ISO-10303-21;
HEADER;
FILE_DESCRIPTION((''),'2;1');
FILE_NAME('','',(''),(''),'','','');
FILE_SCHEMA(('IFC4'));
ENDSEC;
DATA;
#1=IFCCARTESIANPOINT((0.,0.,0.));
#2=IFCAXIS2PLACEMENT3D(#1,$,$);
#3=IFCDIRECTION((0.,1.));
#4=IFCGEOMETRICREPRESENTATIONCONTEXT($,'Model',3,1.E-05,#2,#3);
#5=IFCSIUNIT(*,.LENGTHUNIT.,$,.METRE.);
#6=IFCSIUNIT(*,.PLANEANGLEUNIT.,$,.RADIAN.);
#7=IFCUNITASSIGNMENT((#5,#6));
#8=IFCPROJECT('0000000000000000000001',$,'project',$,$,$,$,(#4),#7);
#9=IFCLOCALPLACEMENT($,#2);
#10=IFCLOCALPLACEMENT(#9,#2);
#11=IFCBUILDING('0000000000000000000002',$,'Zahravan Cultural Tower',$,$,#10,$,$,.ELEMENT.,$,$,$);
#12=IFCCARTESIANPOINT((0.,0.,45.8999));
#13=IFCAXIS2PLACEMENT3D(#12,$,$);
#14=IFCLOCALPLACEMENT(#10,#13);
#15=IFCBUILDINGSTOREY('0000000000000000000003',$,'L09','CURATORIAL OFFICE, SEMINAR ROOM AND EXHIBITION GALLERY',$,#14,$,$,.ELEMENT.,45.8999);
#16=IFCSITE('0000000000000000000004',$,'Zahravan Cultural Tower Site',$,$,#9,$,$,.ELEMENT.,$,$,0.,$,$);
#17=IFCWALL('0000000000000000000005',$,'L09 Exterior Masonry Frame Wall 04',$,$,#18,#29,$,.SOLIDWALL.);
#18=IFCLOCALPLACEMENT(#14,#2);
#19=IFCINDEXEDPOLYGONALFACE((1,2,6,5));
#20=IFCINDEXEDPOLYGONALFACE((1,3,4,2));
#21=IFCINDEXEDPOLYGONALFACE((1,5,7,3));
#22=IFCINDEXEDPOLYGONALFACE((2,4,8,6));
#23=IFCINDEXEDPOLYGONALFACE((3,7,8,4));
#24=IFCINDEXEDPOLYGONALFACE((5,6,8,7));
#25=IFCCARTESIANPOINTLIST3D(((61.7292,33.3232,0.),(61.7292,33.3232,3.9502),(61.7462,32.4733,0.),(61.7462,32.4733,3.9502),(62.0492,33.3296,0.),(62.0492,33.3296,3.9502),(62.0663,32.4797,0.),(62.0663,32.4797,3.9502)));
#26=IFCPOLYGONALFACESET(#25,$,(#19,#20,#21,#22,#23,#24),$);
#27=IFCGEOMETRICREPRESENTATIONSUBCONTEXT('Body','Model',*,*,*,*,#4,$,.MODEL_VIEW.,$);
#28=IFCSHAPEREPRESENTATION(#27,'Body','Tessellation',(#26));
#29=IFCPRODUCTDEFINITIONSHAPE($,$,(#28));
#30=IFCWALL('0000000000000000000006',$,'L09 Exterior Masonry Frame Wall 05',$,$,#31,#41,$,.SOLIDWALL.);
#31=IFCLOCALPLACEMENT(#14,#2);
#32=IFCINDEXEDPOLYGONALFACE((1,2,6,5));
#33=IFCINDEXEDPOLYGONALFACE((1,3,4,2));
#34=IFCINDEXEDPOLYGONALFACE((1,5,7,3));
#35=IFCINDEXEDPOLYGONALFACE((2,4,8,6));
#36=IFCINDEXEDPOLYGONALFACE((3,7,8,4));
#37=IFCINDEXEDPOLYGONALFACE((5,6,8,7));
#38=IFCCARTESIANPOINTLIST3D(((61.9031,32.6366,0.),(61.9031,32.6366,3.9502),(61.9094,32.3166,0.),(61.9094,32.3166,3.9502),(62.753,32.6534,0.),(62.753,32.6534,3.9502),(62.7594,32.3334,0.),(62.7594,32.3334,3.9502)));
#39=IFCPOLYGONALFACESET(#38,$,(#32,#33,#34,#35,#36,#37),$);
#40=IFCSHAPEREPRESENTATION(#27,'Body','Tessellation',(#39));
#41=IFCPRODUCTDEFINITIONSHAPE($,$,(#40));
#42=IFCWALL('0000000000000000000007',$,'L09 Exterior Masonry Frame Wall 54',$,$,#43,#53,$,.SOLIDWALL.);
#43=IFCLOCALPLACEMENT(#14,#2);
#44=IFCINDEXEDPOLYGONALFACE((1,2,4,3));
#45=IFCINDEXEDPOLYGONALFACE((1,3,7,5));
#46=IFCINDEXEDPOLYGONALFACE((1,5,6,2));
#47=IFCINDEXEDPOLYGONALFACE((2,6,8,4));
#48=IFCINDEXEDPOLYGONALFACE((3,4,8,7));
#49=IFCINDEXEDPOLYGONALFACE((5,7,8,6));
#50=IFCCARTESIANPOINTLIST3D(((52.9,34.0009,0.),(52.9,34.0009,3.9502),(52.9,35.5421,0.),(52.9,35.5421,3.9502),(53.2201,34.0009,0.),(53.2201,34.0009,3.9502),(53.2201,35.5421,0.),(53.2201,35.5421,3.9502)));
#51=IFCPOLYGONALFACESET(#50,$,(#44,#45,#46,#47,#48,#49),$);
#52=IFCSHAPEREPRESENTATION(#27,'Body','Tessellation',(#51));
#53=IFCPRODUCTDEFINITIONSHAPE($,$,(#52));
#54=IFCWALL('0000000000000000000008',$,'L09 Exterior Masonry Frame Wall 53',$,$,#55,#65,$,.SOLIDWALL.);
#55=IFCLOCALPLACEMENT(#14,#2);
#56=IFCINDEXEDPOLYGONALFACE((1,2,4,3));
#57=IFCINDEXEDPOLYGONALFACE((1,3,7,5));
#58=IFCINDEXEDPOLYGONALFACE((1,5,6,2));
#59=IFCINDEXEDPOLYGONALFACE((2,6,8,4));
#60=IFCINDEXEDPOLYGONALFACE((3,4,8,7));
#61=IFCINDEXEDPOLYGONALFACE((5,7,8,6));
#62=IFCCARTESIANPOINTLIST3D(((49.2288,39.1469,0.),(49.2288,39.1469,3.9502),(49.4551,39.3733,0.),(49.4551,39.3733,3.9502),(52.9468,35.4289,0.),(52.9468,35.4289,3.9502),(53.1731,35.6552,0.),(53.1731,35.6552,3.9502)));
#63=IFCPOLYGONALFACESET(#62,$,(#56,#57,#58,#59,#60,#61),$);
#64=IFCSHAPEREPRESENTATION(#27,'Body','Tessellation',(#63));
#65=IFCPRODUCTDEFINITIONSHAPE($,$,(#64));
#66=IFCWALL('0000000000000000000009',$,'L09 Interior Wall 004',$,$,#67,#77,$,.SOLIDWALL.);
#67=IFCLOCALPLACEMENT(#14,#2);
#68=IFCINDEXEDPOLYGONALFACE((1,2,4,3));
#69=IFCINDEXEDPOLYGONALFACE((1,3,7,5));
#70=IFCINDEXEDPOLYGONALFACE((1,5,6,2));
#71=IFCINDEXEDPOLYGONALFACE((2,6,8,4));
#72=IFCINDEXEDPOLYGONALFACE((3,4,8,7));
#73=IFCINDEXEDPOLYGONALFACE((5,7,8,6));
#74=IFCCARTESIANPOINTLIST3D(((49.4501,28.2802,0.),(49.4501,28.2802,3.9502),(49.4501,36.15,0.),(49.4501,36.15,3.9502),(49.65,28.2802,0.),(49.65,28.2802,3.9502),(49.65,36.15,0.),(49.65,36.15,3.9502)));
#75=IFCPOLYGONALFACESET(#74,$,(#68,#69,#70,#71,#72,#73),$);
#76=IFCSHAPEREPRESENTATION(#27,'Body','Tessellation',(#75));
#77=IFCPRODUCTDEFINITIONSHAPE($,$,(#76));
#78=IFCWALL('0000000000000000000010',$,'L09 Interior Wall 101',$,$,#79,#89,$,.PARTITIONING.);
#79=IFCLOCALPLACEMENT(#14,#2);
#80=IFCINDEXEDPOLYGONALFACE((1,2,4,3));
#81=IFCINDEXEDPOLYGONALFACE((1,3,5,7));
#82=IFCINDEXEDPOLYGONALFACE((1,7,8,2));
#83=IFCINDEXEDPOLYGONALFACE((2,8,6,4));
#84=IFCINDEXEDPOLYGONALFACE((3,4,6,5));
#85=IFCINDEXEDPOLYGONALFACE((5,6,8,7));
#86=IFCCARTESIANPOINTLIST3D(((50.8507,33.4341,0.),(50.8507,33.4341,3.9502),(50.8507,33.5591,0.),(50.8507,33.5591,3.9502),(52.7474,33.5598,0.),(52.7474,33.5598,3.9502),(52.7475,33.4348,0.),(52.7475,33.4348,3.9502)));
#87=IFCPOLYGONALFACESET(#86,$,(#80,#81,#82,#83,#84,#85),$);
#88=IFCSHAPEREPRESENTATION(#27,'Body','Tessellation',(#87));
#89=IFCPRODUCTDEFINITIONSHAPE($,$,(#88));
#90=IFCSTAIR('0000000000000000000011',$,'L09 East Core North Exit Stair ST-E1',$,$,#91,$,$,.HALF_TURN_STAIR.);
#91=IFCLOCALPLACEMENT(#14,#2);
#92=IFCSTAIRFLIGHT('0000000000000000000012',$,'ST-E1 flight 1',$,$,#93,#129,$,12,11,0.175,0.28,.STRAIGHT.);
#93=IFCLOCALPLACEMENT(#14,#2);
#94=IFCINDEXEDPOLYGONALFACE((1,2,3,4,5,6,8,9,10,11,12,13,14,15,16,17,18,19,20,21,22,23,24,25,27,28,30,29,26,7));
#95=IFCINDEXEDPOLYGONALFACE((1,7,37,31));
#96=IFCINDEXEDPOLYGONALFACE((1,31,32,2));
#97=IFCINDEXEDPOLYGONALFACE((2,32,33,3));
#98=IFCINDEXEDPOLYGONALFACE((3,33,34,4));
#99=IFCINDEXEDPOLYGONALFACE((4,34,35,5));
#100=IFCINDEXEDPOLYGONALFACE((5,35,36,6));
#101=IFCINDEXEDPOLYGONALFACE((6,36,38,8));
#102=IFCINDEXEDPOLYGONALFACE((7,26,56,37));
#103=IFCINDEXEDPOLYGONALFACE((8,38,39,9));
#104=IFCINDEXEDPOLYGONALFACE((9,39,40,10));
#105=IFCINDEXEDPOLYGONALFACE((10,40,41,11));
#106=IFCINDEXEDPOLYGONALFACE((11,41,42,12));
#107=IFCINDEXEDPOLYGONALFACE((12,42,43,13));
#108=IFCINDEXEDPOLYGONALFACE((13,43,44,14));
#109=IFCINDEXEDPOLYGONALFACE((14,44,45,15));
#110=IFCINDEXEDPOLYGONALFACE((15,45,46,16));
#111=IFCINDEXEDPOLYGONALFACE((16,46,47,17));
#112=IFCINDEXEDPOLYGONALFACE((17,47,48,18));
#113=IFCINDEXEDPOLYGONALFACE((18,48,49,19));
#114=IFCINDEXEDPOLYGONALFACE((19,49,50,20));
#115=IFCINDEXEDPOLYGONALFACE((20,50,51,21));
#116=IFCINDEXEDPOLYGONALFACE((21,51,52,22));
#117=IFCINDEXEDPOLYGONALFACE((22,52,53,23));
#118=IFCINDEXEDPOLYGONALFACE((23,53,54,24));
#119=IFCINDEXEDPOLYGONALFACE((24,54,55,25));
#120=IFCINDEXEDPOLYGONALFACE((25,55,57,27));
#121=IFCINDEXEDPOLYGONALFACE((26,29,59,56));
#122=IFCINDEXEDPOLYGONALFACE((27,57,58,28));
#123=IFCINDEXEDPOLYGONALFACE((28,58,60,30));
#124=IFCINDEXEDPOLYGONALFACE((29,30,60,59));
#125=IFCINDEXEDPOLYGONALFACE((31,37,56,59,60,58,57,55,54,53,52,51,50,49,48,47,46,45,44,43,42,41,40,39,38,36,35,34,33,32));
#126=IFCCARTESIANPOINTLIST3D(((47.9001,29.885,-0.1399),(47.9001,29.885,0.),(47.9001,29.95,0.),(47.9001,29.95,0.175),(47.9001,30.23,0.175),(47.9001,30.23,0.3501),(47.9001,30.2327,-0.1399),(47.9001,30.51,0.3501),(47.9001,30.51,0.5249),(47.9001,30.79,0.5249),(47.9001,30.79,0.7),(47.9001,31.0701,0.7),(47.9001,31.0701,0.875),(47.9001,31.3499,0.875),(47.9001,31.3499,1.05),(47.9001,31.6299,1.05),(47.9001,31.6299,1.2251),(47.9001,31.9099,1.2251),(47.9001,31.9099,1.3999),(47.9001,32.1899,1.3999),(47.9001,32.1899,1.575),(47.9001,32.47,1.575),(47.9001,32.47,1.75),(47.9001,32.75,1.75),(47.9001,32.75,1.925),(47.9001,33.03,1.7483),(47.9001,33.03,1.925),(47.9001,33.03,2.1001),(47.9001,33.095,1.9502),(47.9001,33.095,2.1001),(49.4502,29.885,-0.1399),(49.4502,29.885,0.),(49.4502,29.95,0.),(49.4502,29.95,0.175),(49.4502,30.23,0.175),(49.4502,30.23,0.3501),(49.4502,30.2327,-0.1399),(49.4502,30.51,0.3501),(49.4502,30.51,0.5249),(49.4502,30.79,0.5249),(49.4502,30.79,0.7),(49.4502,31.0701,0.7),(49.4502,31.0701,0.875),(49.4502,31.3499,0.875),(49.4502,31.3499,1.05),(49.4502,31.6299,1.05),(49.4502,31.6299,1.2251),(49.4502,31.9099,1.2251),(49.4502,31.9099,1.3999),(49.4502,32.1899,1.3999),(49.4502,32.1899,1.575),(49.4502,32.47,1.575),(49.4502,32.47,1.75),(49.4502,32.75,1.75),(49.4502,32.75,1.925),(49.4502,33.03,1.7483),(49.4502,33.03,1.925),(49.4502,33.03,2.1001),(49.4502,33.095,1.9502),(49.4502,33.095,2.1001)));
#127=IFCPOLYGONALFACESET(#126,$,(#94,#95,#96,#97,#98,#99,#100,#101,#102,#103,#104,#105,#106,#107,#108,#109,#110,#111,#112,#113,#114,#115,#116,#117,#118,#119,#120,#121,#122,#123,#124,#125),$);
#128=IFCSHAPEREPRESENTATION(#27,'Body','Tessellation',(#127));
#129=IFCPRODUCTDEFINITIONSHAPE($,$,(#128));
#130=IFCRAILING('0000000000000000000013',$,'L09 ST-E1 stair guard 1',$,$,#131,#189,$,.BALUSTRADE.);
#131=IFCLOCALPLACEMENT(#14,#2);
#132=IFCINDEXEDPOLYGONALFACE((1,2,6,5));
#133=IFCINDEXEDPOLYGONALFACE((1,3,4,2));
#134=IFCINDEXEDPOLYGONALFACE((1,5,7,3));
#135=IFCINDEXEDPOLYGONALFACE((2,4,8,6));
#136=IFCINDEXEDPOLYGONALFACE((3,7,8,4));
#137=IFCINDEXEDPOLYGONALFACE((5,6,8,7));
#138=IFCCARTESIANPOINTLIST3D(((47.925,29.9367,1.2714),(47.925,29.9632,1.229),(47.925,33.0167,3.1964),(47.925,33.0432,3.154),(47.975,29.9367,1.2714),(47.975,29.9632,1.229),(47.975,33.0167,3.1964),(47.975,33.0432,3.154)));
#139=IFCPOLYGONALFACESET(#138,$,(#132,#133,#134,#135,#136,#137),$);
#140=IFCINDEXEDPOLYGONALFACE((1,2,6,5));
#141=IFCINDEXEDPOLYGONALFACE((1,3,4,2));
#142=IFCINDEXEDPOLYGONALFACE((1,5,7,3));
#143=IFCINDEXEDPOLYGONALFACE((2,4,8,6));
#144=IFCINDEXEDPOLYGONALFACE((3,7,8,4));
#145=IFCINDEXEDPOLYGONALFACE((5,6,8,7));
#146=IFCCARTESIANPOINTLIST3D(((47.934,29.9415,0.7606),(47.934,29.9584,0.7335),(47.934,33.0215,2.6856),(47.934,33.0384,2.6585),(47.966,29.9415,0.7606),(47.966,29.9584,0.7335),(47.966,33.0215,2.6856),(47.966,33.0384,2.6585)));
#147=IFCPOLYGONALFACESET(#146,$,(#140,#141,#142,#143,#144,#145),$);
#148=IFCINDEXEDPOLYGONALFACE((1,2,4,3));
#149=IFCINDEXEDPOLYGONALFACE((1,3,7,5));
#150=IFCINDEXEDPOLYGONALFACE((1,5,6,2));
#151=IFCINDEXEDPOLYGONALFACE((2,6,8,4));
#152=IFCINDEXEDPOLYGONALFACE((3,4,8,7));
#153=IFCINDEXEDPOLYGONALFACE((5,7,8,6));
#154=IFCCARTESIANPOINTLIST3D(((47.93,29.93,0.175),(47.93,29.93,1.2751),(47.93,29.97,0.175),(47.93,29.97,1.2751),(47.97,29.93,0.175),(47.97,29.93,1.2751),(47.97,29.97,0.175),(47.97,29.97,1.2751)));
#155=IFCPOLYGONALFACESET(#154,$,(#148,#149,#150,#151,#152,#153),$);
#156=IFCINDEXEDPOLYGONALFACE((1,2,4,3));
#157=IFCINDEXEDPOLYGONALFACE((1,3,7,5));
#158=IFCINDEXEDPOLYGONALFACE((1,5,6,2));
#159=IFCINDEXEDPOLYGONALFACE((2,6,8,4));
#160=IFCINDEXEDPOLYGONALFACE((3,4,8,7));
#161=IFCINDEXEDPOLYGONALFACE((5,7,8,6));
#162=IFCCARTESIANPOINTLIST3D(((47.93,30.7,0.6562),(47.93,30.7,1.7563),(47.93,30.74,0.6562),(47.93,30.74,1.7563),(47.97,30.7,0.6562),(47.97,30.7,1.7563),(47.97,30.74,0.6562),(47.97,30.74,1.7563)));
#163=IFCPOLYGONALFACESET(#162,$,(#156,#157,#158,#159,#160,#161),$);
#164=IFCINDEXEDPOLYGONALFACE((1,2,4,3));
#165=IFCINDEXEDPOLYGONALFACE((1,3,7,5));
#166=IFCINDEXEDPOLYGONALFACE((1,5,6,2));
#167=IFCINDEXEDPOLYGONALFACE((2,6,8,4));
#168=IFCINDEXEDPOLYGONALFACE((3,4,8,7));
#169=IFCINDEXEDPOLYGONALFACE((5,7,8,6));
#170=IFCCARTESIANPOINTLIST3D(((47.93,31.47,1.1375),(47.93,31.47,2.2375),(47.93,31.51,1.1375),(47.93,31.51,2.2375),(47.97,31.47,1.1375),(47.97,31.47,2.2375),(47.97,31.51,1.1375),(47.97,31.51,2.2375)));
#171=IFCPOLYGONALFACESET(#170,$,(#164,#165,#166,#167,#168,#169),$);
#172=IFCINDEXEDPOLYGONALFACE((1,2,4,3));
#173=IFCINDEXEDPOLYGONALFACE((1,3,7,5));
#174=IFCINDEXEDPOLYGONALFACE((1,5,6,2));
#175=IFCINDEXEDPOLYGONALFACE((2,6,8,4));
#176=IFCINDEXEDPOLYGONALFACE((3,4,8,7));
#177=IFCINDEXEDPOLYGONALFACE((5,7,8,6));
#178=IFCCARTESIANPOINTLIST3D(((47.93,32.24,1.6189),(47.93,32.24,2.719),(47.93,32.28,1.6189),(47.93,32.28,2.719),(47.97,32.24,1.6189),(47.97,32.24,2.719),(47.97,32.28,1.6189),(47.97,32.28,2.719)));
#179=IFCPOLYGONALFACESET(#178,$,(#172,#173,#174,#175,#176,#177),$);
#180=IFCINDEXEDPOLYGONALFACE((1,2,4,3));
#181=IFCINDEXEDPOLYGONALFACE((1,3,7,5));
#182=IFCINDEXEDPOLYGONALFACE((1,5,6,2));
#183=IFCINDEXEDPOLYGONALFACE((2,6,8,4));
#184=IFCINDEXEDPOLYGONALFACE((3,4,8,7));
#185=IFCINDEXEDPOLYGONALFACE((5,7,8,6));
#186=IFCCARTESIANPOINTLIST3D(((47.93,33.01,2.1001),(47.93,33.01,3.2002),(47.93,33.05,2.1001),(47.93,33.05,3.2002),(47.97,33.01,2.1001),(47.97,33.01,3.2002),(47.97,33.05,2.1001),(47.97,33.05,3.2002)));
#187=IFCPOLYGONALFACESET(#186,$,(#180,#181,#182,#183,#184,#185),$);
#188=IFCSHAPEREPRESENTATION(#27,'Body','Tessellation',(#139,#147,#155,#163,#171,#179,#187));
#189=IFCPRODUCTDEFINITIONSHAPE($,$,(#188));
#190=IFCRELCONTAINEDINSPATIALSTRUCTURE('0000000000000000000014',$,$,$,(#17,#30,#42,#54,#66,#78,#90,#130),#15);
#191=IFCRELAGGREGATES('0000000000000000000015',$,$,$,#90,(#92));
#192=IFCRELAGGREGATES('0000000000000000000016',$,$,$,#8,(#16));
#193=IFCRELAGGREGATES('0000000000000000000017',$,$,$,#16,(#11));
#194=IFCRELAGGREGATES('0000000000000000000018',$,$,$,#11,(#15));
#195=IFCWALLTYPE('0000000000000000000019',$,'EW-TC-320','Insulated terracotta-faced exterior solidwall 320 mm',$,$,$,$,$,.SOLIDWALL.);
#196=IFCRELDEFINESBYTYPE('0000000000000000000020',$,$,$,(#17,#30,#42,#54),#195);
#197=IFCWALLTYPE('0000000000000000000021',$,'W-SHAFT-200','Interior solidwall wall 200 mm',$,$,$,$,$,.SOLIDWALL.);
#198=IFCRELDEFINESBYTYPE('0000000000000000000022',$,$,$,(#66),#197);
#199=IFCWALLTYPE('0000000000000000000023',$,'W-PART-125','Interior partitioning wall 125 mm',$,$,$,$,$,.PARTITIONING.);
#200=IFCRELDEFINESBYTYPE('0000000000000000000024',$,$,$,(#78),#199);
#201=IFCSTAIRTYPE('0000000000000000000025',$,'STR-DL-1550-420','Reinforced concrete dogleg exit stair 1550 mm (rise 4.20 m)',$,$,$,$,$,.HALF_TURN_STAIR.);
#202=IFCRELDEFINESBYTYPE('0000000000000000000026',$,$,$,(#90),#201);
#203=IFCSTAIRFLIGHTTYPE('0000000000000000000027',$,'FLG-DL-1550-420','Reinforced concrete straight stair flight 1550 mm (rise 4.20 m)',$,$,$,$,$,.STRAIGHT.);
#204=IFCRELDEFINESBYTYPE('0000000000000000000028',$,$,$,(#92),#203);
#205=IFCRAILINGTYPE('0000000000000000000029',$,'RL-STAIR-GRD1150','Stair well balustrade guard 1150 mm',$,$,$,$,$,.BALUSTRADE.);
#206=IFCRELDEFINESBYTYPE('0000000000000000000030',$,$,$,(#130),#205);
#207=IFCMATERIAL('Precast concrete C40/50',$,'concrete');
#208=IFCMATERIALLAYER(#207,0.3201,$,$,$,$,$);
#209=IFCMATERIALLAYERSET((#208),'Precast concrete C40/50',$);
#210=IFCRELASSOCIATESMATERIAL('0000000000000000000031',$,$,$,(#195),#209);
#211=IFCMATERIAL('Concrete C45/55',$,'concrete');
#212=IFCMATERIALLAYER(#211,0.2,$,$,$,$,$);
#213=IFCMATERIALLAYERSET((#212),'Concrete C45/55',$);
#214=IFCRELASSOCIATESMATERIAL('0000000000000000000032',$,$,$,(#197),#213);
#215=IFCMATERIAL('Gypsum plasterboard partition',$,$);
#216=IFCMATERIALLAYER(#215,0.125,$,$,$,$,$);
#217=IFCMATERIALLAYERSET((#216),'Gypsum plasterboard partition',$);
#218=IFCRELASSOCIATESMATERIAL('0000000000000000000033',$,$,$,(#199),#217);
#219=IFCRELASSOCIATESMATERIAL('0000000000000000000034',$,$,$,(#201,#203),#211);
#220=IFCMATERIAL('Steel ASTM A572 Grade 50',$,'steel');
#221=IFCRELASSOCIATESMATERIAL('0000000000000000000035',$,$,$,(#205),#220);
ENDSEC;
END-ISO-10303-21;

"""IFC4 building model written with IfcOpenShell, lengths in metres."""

from ifc_helpers import new_model, si_unit, direction, frame, frame_2d, origin, origin_2d, place, context, subcontext, project, spatial, polyline, rectangle, outline, extrude, source, transform, mapped, material, layer, layer_set, type_object, element, aggregate, save


model = new_model("IFC4")

# Units and contexts
model_context = context("Model", 3, precision=1e-05, world=origin(), true_north=direction((0.0, 1.0)))
body_context = subcontext(model_context, "Body", "Model", "MODEL_VIEW")
ifc_project = project(units=[si_unit("LENGTHUNIT", "METRE"), si_unit("PLANEANGLEUNIT", "RADIAN")], contexts=[model_context])

# Site, building, storey
site_placement = place(None, origin())
site = spatial("IfcSite", under=ifc_project, at=site_placement, Name="Zahravan Cultural Tower Site", CompositionType="ELEMENT", RefElevation=0.0)
building_placement = place(site_placement, origin())
building = spatial("IfcBuilding", under=site, at=building_placement, Name="Zahravan Cultural Tower", CompositionType="ELEMENT")
storey_placement = place(building_placement, frame((0.0, 0.0, 45.8999)))
storey = spatial("IfcBuildingStorey", under=building, at=storey_placement, Name="L09", Description="CURATORIAL OFFICE, SEMINAR ROOM AND EXHIBITION GALLERY", CompositionType="ELEMENT", Elevation=45.8999)

# Shared definitions
ifc_material_1 = material(Name="Steel ASTM A572 Grade 50", Category="steel")

# Shared definitions
ifc_material_2 = material(Name="Precast concrete C40/50", Category="concrete")
ifc_layer_1 = layer(ifc_material_2, 0.3201)
ifc_layer_set_1 = layer_set([ifc_layer_1], Name="Precast concrete C40/50")
wall_type_1 = type_object("IfcWallType", Name="EW-TC-320", Description="Insulated terracotta-faced exterior solidwall 320 mm", PredefinedType="SOLIDWALL", material=ifc_layer_set_1)

# Walls
shared_shape_1 = source(origin(), body_context, "Body", "SweptSolid", [
    extrude(rectangle(XDim=0.8501, YDim=0.3201, at=frame_2d((0.425, 0.0))), origin(), (0.0, 0.0, 1.0), 3.9502),
])
for number, where, z_axis, x_axis, name in (
    (1, (61.8892, 33.3264, 0.0), (0.0, 0.0, 1.0), (0.020105, -0.999798, 0.0), "L09 Exterior Masonry Frame Wall 04"),
    (2, (61.9062, 32.4766, 0.0), (0.0, 0.0, 1.0), (0.999804, 0.019818, 0.0), "L09 Exterior Masonry Frame Wall 05"),
):
    element("IfcWall", number, at=place(storey_placement, frame(where, z_axis=z_axis, x_axis=x_axis)), inside=storey, type_object=wall_type_1, Name=name, PredefinedType="SOLIDWALL", context=body_context, shape_type="MappedRepresentation", body=[
        mapped(shared_shape_1, transform((0.0, 0.0, 0.0), x_axis=(1.0, 0.0, 0.0), y_axis=(0.0, 1.0, 0.0), z_axis=(0.0, 0.0, 1.0), scale=1.0)),
    ])
shared_shape_2 = source(origin(), body_context, "Body", "SweptSolid", [
    extrude(rectangle(XDim=1.5413, YDim=0.3201, at=frame_2d((0.7705, 0.0))), origin(), (0.0, 0.0, 1.0), 3.9502),
])
wall_1_placement = place(storey_placement, frame((53.0601, 35.542, 0.0), z_axis=(0.0, 0.0, 1.0), x_axis=(0.0, -1.0, 0.0)))
element("IfcWall", 3, at=wall_1_placement, inside=storey, type_object=wall_type_1, Name="L09 Exterior Masonry Frame Wall 54", PredefinedType="SOLIDWALL", context=body_context, shape_type="MappedRepresentation", body=[
    mapped(shared_shape_2, transform((0.0, 0.0, 0.0), x_axis=(1.0, 0.0, 0.0), y_axis=(0.0, 1.0, 0.0), z_axis=(0.0, 0.0, 1.0), scale=1.0)),
])
shared_shape_3 = source(origin(), body_context, "Body", "SweptSolid", [
    extrude(rectangle(XDim=5.2581, YDim=0.3201, at=frame_2d((2.6289, 0.0))), origin(), (0.0, 0.0, 1.0), 3.9502),
])
wall_2_placement = place(storey_placement, frame((49.342, 39.26, 0.0), z_axis=(0.0, 0.0, 1.0), x_axis=(0.707107, -0.707107, 0.0)))
element("IfcWall", 4, at=wall_2_placement, inside=storey, type_object=wall_type_1, Name="L09 Exterior Masonry Frame Wall 53", PredefinedType="SOLIDWALL", context=body_context, shape_type="MappedRepresentation", body=[
    mapped(shared_shape_3, transform((0.0, 0.0, 0.0), x_axis=(1.0, 0.0, 0.0), y_axis=(0.0, 1.0, 0.0), z_axis=(0.0, 0.0, 1.0), scale=1.0)),
])
ifc_material_3 = material(Name="Concrete C45/55", Category="concrete")
ifc_layer_2 = layer(ifc_material_3, 0.2)
ifc_layer_set_2 = layer_set([ifc_layer_2], Name="Concrete C45/55")
wall_type_2 = type_object("IfcWallType", Name="W-SHAFT-200", Description="Interior solidwall wall 200 mm", PredefinedType="SOLIDWALL", material=ifc_layer_set_2)
shared_shape_4 = source(origin(), body_context, "Body", "SweptSolid", [
    extrude(rectangle(XDim=7.8699, YDim=0.2, at=frame_2d((3.9351, 0.0))), origin(), (0.0, 0.0, 1.0), 3.9502),
])
wall_3_placement = place(storey_placement, frame((49.55, 28.28, 0.0), z_axis=(0.0, 0.0, 1.0), x_axis=(0.0, 1.0, 0.0)))
element("IfcWall", 5, at=wall_3_placement, inside=storey, type_object=wall_type_2, Name="L09 Interior Wall 004", PredefinedType="SOLIDWALL", context=body_context, shape_type="MappedRepresentation", body=[
    mapped(shared_shape_4, transform((0.0, 0.0, 0.0), x_axis=(1.0, 0.0, 0.0), y_axis=(0.0, 1.0, 0.0), z_axis=(0.0, 0.0, 1.0), scale=1.0)),
])
ifc_material_4 = material(Name="Gypsum plasterboard partition")
ifc_layer_3 = layer(ifc_material_4, 0.125)
ifc_layer_set_3 = layer_set([ifc_layer_3], Name="Gypsum plasterboard partition")
wall_type_3 = type_object("IfcWallType", Name="W-PART-125", Description="Interior partitioning wall 125 mm", PredefinedType="PARTITIONING", material=ifc_layer_set_3)
shared_shape_5 = source(origin(), body_context, "Body", "SweptSolid", [
    extrude(rectangle(XDim=1.8967, YDim=0.125, at=frame_2d((0.9482, 0.0))), origin(), (0.0, 0.0, 1.0), 3.9502),
])
wall_4_placement = place(storey_placement, frame((52.7473, 33.4973, 0.0), z_axis=(0.0, 0.0, 1.0), x_axis=(-1.0, -0.000386, 0.0)))
element("IfcWall", 6, at=wall_4_placement, inside=storey, type_object=wall_type_3, Name="L09 Interior Wall 101", PredefinedType="PARTITIONING", context=body_context, shape_type="MappedRepresentation", body=[
    mapped(shared_shape_5, transform((0.0, 0.0, 0.0), x_axis=(1.0, 0.0, 0.0), y_axis=(0.0, 1.0, 0.0), z_axis=(0.0, 0.0, 1.0), scale=1.0)),
])

# Stair, stair flight
stair_type = type_object("IfcStairType", Name="STR-DL-1550-420", Description="Reinforced concrete dogleg exit stair 1550 mm (rise 4.20 m)", PredefinedType="HALF_TURN_STAIR", material=ifc_material_3)
stair_placement = place(storey_placement, origin())
stair = element("IfcStair", 7, at=stair_placement, inside=storey, type_object=stair_type, Name="L09 East Core North Exit Stair ST-E1", PredefinedType="HALF_TURN_STAIR")
stair_flight_type = type_object("IfcStairFlightType", Name="FLG-DL-1550-420", Description="Reinforced concrete straight stair flight 1550 mm (rise 4.20 m)", PredefinedType="STRAIGHT", material=ifc_material_3)
stair_flight_placement = place(storey_placement, frame((48.675, 29.95, 0.0), z_axis=(0.0, 0.0, 1.0), x_axis=(0.0, 1.0, 0.0)))
stair_flight = element("IfcStairFlight", 8, at=stair_flight_placement, type_object=stair_flight_type, Name="ST-E1 flight 1", NumberOfRisers=12, NumberOfTreads=11, PredefinedType="STRAIGHT", RiserHeight=0.175, TreadLength=0.28, context=body_context, shape_type="SweptSolid", body=[
    extrude(outline(polyline([(-0.0649, -0.1399), (-0.0649, 0.0), (0.0, 0.0), (0.0, 0.175), (0.28, 0.175), (0.28, 0.3501), (0.5601, 0.3501), (0.5601, 0.5249), (0.8401, 0.5249), (0.8401, 0.7), (1.1201, 0.7), (1.1201, 0.875), (1.3999, 0.875), (1.3999, 1.05), (1.6799, 1.05), (1.6799, 1.2251), (1.96, 1.2251), (1.96, 1.3999), (2.24, 1.3999), (2.24, 1.575), (2.52, 1.575), (2.52, 1.75), (2.8, 1.75), (2.8, 1.925), (3.0801, 1.925), (3.0801, 2.1001), (3.145, 2.1001), (3.145, 1.9502), (3.0801, 1.7483), (0.2827, -0.1399), (-0.0649, -0.1399)])), frame((0.0, 0.7749, 0.0), z_axis=(0.0, -1.0, 0.0), x_axis=(1.0, 0.0, 0.0)), (0.0, 0.0, 1.0), 1.55),
])
aggregate(stair, [stair_flight])

# Railing
railing_type_1 = type_object("IfcRailingType", Name="RL-STAIR-GRD1150", Description="Stair well balustrade guard 1150 mm", PredefinedType="BALUSTRADE", material=ifc_material_1)
railing_1_placement = place(storey_placement, frame((47.95, 29.95, 0.175)))
element("IfcRailing", 9, at=railing_1_placement, inside=storey, type_object=railing_type_1, Name="L09 ST-E1 stair guard 1", PredefinedType="BALUSTRADE", context=body_context, shape_type="SweptSolid", body=[
    extrude(rectangle(XDim=0.05, YDim=0.05, at=origin_2d()), frame((0.0, 0.0, 1.0752), z_axis=(0.0, 0.847998, 0.529999), x_axis=(-1.0, 0.0, 0.0)), (0.0, 0.0, 1.0), 3.6321),
    extrude(rectangle(XDim=0.032, YDim=0.032, at=origin_2d()), frame((0.0, 0.0, 0.572), z_axis=(0.0, 0.847998, 0.529999), x_axis=(-1.0, 0.0, 0.0)), (0.0, 0.0, 1.0), 3.6321),
    extrude(rectangle(XDim=0.04, YDim=0.04, at=origin_2d()), origin(), (0.0, 0.0, 1.0), 1.1001),
    extrude(rectangle(XDim=0.04, YDim=0.04, at=origin_2d()), frame((0.0, 0.77, 0.4812)), (0.0, 0.0, 1.0), 1.1001),
    extrude(rectangle(XDim=0.04, YDim=0.04, at=origin_2d()), frame((0.0, 1.54, 0.9624)), (0.0, 0.0, 1.0), 1.1001),
    extrude(rectangle(XDim=0.04, YDim=0.04, at=origin_2d()), frame((0.0, 2.3101, 1.4438)), (0.0, 0.0, 1.0), 1.1001),
    extrude(rectangle(XDim=0.04, YDim=0.04, at=origin_2d()), frame((0.0, 3.0801, 1.925)), (0.0, 0.0, 1.0), 1.1001),
])

save(model, "model.ifc")
